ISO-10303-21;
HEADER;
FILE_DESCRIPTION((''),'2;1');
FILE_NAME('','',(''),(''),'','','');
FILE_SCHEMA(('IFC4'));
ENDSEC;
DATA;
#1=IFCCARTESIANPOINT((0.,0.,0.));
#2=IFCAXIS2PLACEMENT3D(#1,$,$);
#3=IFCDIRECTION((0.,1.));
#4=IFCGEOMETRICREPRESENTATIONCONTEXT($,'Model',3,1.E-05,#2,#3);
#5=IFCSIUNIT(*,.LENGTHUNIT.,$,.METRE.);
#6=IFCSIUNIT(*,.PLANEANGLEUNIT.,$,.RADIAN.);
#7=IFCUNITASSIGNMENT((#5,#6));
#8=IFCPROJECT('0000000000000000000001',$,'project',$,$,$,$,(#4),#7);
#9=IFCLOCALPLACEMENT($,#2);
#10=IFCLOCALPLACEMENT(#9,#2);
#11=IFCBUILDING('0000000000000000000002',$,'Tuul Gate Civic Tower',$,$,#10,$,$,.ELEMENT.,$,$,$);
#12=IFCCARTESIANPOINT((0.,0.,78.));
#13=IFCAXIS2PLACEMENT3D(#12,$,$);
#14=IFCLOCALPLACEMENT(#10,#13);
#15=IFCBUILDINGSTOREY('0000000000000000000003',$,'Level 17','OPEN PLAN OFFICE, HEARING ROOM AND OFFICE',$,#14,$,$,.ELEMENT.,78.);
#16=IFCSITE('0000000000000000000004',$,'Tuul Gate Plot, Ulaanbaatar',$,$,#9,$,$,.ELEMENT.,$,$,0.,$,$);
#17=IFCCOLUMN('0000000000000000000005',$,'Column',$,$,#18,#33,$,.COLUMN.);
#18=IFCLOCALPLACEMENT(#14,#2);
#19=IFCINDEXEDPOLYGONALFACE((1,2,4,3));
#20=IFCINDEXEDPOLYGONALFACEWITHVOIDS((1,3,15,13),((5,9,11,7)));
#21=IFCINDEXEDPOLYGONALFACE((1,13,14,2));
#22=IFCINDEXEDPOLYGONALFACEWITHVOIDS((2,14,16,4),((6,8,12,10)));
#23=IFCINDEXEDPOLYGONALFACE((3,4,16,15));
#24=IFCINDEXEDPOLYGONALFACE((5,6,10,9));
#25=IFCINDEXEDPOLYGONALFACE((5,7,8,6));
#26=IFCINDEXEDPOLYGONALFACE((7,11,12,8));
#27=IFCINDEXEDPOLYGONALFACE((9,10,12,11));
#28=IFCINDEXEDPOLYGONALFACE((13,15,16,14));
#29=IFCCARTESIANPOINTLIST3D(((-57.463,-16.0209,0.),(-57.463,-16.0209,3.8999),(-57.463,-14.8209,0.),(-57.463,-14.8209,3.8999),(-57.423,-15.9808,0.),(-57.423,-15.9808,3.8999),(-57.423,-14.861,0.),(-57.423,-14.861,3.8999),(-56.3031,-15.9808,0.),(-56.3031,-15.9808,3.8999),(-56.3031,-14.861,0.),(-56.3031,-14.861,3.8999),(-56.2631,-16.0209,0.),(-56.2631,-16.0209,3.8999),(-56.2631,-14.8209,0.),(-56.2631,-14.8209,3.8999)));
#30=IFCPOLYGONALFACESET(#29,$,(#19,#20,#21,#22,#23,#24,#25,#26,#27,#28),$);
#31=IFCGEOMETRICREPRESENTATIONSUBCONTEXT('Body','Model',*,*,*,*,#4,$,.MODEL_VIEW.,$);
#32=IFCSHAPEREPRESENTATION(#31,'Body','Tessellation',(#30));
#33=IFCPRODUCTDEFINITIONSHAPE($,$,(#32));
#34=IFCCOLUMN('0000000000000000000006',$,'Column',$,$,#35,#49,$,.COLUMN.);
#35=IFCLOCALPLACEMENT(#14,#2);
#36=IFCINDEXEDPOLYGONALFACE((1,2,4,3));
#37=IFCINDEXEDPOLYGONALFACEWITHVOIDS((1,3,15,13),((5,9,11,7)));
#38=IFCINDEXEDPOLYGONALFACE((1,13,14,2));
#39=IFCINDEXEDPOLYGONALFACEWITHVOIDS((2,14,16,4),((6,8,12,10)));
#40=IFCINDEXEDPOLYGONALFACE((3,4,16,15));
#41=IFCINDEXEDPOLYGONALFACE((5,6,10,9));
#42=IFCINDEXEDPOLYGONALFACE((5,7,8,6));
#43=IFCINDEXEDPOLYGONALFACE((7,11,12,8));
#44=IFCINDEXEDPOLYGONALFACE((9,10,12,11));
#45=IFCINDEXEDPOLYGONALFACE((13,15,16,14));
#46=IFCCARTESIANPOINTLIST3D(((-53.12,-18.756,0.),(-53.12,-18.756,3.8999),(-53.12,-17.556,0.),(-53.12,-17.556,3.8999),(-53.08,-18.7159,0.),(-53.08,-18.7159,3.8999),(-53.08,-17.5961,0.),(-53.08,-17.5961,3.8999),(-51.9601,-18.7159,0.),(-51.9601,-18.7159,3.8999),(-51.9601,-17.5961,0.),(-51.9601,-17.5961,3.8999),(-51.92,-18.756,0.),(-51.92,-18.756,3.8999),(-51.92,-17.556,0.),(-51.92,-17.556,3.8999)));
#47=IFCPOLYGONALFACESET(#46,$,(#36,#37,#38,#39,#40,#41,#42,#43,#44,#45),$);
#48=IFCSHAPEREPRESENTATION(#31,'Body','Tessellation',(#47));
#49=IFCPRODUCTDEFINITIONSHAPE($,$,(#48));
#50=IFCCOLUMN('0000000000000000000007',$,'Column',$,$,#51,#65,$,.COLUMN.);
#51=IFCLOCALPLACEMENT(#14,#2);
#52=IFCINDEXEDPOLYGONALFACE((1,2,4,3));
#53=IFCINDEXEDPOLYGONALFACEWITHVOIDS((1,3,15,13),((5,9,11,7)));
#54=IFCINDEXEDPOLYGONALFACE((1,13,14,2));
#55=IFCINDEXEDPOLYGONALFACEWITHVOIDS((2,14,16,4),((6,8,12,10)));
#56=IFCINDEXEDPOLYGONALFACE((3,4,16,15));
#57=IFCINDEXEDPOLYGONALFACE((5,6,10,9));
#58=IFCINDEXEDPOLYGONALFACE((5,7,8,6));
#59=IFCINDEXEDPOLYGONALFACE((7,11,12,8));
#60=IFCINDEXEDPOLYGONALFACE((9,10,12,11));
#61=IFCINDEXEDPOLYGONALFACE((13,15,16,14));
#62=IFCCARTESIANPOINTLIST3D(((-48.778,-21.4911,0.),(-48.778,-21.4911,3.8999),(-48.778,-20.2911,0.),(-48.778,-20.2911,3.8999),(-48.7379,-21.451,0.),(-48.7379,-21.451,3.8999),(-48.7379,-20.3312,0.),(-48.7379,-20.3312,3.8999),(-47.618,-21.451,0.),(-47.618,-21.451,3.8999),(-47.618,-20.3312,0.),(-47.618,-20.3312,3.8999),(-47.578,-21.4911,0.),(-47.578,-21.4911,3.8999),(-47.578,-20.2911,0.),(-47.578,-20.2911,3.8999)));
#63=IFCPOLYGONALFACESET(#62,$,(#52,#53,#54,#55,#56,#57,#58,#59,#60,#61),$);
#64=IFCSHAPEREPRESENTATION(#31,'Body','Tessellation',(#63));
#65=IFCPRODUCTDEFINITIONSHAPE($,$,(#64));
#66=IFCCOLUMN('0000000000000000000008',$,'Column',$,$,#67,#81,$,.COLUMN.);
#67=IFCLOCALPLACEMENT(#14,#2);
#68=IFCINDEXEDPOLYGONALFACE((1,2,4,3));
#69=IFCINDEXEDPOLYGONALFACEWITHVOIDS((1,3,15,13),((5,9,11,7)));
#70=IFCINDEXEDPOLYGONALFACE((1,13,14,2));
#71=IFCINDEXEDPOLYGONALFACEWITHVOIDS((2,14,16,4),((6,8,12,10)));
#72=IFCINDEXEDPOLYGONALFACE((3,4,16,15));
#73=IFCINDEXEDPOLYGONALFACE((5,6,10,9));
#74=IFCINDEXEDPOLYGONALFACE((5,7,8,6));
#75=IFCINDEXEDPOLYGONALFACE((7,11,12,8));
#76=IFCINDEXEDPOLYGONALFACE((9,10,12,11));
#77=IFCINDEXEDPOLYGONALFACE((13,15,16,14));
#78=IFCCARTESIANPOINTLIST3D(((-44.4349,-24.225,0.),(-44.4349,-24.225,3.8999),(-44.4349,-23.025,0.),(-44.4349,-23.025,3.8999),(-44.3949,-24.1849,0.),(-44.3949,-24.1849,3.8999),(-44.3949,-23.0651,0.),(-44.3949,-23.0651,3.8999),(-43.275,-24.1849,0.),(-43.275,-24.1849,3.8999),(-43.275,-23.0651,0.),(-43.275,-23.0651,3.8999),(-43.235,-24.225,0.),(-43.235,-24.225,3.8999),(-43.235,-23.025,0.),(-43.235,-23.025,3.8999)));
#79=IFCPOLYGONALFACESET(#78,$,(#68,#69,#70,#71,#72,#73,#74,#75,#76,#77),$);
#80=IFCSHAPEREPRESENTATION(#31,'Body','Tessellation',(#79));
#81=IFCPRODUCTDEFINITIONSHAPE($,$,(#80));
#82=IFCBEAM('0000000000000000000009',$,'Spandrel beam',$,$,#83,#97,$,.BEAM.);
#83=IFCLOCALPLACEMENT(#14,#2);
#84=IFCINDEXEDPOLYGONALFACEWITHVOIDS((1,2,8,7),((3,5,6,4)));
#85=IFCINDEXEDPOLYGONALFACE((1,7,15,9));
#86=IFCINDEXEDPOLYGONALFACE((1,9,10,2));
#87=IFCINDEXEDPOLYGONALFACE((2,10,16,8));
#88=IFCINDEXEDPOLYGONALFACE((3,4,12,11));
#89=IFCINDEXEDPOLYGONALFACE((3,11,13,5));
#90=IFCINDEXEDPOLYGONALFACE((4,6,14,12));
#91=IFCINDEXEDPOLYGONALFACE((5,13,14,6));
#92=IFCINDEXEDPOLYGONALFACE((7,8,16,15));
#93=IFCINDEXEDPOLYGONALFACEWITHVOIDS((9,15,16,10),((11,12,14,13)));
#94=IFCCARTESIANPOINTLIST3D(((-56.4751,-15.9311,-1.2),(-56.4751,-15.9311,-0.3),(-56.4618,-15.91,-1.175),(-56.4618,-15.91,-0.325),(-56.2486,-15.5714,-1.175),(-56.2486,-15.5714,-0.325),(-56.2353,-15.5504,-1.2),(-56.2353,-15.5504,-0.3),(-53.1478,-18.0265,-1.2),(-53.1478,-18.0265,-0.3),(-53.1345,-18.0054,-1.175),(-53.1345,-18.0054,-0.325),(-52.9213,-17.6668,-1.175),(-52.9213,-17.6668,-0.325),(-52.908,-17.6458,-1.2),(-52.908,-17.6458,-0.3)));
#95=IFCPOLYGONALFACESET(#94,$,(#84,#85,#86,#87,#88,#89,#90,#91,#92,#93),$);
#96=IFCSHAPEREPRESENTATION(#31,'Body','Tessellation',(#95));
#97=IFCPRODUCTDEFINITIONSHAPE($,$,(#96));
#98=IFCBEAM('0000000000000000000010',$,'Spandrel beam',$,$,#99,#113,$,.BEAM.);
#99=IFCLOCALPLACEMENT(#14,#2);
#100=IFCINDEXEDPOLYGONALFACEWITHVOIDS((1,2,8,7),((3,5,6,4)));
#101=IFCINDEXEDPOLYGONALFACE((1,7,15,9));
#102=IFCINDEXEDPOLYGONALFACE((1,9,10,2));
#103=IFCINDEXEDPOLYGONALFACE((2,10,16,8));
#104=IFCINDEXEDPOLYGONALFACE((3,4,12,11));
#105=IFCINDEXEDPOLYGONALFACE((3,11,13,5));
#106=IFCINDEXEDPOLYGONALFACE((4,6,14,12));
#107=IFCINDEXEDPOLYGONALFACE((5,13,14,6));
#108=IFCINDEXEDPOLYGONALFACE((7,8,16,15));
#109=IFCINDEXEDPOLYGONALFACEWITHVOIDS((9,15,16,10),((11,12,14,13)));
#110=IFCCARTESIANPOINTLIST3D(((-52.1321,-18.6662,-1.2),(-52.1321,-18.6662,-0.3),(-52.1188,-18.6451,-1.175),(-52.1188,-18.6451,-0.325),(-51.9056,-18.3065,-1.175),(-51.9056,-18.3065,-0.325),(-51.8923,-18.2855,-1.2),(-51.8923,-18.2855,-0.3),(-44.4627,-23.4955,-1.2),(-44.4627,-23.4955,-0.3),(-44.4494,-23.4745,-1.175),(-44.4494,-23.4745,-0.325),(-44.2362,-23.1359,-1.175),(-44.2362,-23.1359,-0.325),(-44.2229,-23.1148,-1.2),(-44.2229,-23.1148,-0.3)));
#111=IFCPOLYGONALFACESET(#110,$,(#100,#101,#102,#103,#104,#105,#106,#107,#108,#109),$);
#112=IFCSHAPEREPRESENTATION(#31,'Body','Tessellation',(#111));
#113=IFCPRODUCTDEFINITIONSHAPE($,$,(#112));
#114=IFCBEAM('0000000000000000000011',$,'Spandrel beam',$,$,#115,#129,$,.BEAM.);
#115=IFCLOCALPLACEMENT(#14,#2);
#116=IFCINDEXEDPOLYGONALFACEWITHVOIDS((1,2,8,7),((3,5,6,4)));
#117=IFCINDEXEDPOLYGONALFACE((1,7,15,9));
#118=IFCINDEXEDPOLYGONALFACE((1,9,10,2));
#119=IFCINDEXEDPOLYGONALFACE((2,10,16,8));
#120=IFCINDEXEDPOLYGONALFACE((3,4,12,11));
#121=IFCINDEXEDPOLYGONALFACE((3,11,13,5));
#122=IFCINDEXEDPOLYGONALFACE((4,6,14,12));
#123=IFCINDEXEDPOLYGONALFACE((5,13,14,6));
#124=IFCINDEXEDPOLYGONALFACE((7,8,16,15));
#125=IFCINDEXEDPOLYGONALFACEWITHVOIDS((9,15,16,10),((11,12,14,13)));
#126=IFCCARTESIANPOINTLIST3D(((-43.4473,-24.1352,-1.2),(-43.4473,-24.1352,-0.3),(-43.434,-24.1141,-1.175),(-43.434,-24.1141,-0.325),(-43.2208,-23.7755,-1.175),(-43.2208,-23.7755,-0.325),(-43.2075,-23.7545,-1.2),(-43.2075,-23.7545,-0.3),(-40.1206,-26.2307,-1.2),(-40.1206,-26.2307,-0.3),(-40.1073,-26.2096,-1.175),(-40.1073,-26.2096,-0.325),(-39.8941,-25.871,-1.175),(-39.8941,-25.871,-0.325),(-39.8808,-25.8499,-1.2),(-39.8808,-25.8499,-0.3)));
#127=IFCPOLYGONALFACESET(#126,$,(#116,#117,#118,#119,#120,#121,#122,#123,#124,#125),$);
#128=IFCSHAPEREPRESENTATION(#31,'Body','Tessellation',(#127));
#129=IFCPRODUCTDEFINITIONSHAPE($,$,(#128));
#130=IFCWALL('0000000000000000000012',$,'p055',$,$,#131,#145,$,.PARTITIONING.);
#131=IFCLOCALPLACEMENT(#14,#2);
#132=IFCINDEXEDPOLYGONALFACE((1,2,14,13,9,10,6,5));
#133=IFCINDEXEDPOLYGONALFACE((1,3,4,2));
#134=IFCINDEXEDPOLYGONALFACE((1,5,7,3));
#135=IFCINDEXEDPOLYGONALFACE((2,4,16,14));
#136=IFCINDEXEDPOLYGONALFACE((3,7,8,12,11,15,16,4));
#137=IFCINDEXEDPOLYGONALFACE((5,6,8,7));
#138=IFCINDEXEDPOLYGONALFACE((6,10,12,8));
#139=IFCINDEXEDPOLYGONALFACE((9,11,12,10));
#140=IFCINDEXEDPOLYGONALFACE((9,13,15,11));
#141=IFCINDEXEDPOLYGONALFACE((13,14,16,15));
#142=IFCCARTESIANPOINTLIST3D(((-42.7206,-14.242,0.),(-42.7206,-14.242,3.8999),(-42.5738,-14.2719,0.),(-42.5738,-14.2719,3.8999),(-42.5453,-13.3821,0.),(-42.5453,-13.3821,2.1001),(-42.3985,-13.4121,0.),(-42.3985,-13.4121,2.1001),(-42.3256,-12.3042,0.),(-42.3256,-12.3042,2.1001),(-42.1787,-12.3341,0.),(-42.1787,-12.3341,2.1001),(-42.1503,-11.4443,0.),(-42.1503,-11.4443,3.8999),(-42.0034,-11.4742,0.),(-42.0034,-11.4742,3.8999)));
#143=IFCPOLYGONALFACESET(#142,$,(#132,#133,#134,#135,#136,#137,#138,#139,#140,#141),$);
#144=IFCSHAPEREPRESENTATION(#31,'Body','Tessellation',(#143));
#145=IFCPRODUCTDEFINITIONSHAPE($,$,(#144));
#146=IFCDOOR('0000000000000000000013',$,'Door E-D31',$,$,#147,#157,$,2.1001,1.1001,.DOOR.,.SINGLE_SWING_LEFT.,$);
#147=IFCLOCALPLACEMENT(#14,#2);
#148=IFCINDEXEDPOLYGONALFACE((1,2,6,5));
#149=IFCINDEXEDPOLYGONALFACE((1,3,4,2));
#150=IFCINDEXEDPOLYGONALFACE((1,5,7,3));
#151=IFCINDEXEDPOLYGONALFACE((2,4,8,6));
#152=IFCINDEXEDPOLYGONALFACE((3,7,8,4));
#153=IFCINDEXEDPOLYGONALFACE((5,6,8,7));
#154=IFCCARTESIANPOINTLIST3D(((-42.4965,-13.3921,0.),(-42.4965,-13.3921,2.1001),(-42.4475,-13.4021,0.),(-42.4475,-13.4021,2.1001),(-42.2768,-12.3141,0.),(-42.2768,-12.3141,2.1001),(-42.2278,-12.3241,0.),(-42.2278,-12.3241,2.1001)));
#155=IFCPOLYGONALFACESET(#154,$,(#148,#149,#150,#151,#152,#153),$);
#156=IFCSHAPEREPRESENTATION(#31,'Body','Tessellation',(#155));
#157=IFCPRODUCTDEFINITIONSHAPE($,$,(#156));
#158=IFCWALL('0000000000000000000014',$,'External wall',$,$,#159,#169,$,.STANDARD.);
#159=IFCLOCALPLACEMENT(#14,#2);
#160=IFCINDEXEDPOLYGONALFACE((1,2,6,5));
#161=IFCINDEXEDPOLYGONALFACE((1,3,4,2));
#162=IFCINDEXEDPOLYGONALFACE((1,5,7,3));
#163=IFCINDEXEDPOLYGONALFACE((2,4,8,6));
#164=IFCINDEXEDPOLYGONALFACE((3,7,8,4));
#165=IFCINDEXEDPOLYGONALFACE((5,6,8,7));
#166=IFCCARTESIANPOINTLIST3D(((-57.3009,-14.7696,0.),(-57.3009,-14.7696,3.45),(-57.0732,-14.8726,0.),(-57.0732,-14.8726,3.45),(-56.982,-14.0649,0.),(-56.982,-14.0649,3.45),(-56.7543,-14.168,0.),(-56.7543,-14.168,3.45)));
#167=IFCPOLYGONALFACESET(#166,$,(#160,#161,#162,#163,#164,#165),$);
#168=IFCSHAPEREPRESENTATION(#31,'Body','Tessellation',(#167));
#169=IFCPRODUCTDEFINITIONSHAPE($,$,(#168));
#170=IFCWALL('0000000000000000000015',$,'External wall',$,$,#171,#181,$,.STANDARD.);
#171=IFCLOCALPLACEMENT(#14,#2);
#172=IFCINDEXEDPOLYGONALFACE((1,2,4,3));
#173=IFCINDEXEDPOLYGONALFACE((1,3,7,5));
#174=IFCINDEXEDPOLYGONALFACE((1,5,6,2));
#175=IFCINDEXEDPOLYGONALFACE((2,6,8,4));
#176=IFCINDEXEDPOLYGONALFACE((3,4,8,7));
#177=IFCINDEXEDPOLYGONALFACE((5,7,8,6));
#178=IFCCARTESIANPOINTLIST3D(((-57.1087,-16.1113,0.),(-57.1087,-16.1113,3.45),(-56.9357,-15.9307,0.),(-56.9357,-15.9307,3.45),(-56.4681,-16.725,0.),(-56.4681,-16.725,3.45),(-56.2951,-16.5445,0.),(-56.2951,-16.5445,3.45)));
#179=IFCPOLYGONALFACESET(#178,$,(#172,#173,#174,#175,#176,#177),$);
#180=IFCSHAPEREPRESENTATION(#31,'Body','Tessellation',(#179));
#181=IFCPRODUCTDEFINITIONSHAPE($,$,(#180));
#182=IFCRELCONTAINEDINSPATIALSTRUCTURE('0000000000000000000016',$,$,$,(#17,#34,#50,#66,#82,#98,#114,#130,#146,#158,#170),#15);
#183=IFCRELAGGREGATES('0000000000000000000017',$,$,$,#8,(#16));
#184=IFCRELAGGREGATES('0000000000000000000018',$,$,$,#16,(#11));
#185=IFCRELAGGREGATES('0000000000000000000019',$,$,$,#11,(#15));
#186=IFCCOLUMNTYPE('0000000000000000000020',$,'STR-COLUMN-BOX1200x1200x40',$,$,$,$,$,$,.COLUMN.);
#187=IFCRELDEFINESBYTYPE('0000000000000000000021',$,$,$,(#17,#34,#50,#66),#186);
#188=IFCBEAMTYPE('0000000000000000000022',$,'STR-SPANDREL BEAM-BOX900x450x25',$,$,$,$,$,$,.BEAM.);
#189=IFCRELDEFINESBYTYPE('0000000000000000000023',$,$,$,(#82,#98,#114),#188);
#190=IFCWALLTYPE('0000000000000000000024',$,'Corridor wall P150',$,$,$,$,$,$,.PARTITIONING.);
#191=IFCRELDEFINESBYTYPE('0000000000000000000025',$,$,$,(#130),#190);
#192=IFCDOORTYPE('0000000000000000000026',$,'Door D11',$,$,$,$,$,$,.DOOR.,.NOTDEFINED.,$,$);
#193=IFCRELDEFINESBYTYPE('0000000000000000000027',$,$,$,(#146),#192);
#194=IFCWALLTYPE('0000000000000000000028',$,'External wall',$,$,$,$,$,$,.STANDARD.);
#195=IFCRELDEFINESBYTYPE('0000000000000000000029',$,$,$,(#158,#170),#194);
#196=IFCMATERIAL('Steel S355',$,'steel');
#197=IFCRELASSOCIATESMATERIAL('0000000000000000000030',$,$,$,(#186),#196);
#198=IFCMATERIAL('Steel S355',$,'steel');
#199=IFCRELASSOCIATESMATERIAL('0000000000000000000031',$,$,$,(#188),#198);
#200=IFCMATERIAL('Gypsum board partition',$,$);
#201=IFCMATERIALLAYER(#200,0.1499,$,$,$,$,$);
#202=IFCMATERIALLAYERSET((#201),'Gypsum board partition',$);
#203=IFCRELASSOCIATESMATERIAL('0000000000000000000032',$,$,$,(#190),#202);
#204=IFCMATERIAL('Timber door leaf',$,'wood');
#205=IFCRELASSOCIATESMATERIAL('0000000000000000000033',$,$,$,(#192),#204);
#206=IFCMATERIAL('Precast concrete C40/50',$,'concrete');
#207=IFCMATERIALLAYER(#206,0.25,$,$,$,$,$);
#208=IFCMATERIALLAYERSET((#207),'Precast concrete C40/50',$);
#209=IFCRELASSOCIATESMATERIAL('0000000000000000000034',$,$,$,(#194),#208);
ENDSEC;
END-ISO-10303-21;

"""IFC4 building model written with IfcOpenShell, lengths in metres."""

from ifc_helpers import new_model, si_unit, direction, frame, frame_2d, origin, origin_2d, place, context, subcontext, project, spatial, rectangle, hollow_rectangle, extrude, material, layer, layer_set, material_profile, profile_set, type_object, element, fill, save


model = new_model("IFC4")

# Units and contexts
model_context = context("Model", 3, precision=1e-05, world=origin(), true_north=direction((0.0, 1.0)))
body_context = subcontext(model_context, "Body", "Model", "MODEL_VIEW")
ifc_project = project(units=[si_unit("LENGTHUNIT", "METRE"), si_unit("PLANEANGLEUNIT", "RADIAN")], contexts=[model_context])

# Site, building, storey
site_placement = place(None, origin())
site = spatial("IfcSite", under=ifc_project, at=site_placement, Name="Tuul Gate Plot, Ulaanbaatar", CompositionType="ELEMENT", RefElevation=0.0)
building_placement = place(site_placement, origin())
building = spatial("IfcBuilding", under=site, at=building_placement, Name="Tuul Gate Civic Tower", CompositionType="ELEMENT")
storey_placement = place(building_placement, frame((0.0, 0.0, 78.0)))
storey = spatial("IfcBuildingStorey", under=building, at=storey_placement, Name="Level 17", Description="OPEN PLAN OFFICE, HEARING ROOM AND OFFICE", CompositionType="ELEMENT", Elevation=78.0)

# Columns
ifc_material_1 = material(Name="Steel S355", Category="steel")
ifc_material_profile_1 = material_profile(ifc_material_1, hollow_rectangle(XDim=1.2, YDim=1.2, WallThickness=0.04, at=origin_2d()), Name="BOX1200x1200x40")
ifc_profile_set_1 = profile_set([ifc_material_profile_1], Name="Steel S355")
column_type = type_object("IfcColumnType", Name="STR-COLUMN-BOX1200x1200x40", PredefinedType="COLUMN", material=ifc_profile_set_1)
for number, where, z_axis, x_axis, name in (
    (1, (-56.863, -15.4209, 0.0), (0.0, 0.0, 1.0), (1.0, 0.0, 0.0), "Column"),
    (2, (-52.52, -18.156, 0.0), (0.0, 0.0, 1.0), (1.0, 0.0, 0.0), "Column"),
    (3, (-48.178, -20.8911, 0.0), (0.0, 0.0, 1.0), (1.0, 0.0, 0.0), "Column"),
    (4, (-43.835, -23.625, 0.0), (0.0, 0.0, 1.0), (1.0, 0.0, 0.0), "Column"),
):
    element("IfcColumn", number, at=place(storey_placement, frame(where, z_axis=z_axis, x_axis=x_axis)), inside=storey, type_object=column_type, Name=name, PredefinedType="COLUMN", context=body_context, shape_type="SweptSolid", body=[
        extrude(hollow_rectangle(XDim=1.2, YDim=1.2, WallThickness=0.04, at=origin_2d()), origin(), (0.0, 0.0, 1.0), 3.8999),
    ])

# Beams
ifc_material_2 = material(Name="Steel S355", Category="steel")
ifc_material_profile_2 = material_profile(ifc_material_2, hollow_rectangle(XDim=0.45, YDim=0.8999, WallThickness=0.0249, at=origin_2d()), Name="BOX900x450x25")
ifc_profile_set_2 = profile_set([ifc_material_profile_2], Name="Steel S355")
beam_type = type_object("IfcBeamType", Name="STR-SPANDREL BEAM-BOX900x450x25", PredefinedType="BEAM", material=ifc_profile_set_2)
beam_1_placement = place(storey_placement, frame((-56.3552, -15.7407, -0.75), z_axis=(0.846183, -0.532892, 0.0), x_axis=(0.532892, 0.846183, 0.0)))
element("IfcBeam", 5, at=beam_1_placement, inside=storey, type_object=beam_type, Name="Spandrel beam", PredefinedType="BEAM", context=body_context, shape_type="SweptSolid", body=[
    extrude(hollow_rectangle(XDim=0.45, YDim=0.8999, WallThickness=0.0249, at=origin_2d()), origin(), (0.0, 0.0, 1.0), 3.9321),
])
beam_2_placement = place(storey_placement, frame((-52.0122, -18.4758, -0.75), z_axis=(0.846211, -0.532848, 0.0), x_axis=(0.532848, 0.846211, 0.0)))
element("IfcBeam", 6, at=beam_2_placement, inside=storey, type_object=beam_type, Name="Spandrel beam", PredefinedType="BEAM", context=body_context, shape_type="SweptSolid", body=[
    extrude(hollow_rectangle(XDim=0.45, YDim=0.8999, WallThickness=0.0249, at=origin_2d()), origin(), (0.0, 0.0, 1.0), 9.0632),
])
beam_3_placement = place(storey_placement, frame((-43.3274, -23.9448, -0.75), z_axis=(0.84613, -0.532976, 0.0), x_axis=(0.532976, 0.84613, 0.0)))
element("IfcBeam", 7, at=beam_3_placement, inside=storey, type_object=beam_type, Name="Spandrel beam", PredefinedType="BEAM", context=body_context, shape_type="SweptSolid", body=[
    extrude(hollow_rectangle(XDim=0.45, YDim=0.8999, WallThickness=0.0249, at=origin_2d()), origin(), (0.0, 0.0, 1.0), 3.9316),
])

# Wall, opening, door
ifc_material_3 = material(Name="Gypsum board partition")
ifc_layer_1 = layer(ifc_material_3, 0.1499)
ifc_layer_set_1 = layer_set([ifc_layer_1], Name="Gypsum board partition")
wall_type_1 = type_object("IfcWallType", Name="Corridor wall P150", PredefinedType="PARTITIONING", material=ifc_layer_set_1)
wall_1_placement = place(storey_placement, frame((-42.6472, -14.2571, 0.0), z_axis=(0.0, 0.0, 1.0), x_axis=(0.199749, 0.979847, 0.0)))
wall_1 = element("IfcWall", 8, at=wall_1_placement, inside=storey, type_object=wall_type_1, Name="p055", PredefinedType="PARTITIONING", context=body_context, shape_type="SweptSolid", body=[
    extrude(rectangle(XDim=2.8552, YDim=0.1499, at=frame_2d((1.4277, 0.0))), origin(), (0.0, 0.0, 1.0), 3.8999),
])
opening_1_placement = place(wall_1_placement, frame((0.8777, 0.0, 0.0)))
opening_1 = element("IfcOpeningElement", 9, at=opening_1_placement, cuts=wall_1, PredefinedType="OPENING", context=body_context, shape_type="SweptSolid", body=[
    extrude(rectangle(XDim=1.1001, YDim=2.1001, at=frame_2d((0.55, 1.05))), frame((0.0, 0.085, 0.0), z_axis=(0.0, -1.0, 0.0), x_axis=(1.0, 0.0, 0.0)), (0.0, 0.0, 1.0), 0.1699),
])
ifc_material_4 = material(Name="Timber door leaf", Category="wood")
door_type = type_object("IfcDoorType", Name="Door D11", OperationType="NOTDEFINED", PredefinedType="DOOR", material=ifc_material_4)
door_placement = place(opening_1_placement, frame((1.1001, 0.0, 0.0), z_axis=(0.0, 0.0, 1.0), x_axis=(-1.0, 0.0, 0.0)))
door = element("IfcDoor", 10, at=door_placement, inside=storey, type_object=door_type, Name="Door E-D31", OperationType="SINGLE_SWING_LEFT", OverallHeight=2.1001, OverallWidth=1.1001, PredefinedType="DOOR", context=body_context, shape_type="SweptSolid", body=[
    extrude(rectangle(XDim=1.1001, YDim=2.1001, at=frame_2d((0.55, 1.05))), frame((0.0, 0.0249, 0.0), z_axis=(0.0, -1.0, 0.0), x_axis=(1.0, 0.0, 0.0)), (0.0, 0.0, 1.0), 0.05),
])
fill(opening_1, door)

# Walls
ifc_material_5 = material(Name="Precast concrete C40/50", Category="concrete")
ifc_layer_2 = layer(ifc_material_5, 0.25)
ifc_layer_set_2 = layer_set([ifc_layer_2], Name="Precast concrete C40/50")
wall_type_2 = type_object("IfcWallType", Name="External wall", PredefinedType="STANDARD", material=ifc_layer_set_2)
wall_2_placement = place(storey_placement, frame((-56.8682, -14.1165, 0.0), z_axis=(0.0, 0.0, 1.0), x_axis=(-0.41228, -0.911057, 0.0)))
element("IfcWall", 11, at=wall_2_placement, inside=storey, type_object=wall_type_2, Name="External wall", PredefinedType="STANDARD", context=body_context, shape_type="SweptSolid", body=[
    extrude(rectangle(XDim=0.7734, YDim=0.25, at=frame_2d((0.3867, 0.0))), origin(), (0.0, 0.0, 1.0), 3.45),
])
wall_3_placement = place(storey_placement, frame((-57.0222, -16.021, 0.0), z_axis=(0.0, 0.0, 1.0), x_axis=(0.72208, -0.69181, 0.0)))
element("IfcWall", 12, at=wall_3_placement, inside=storey, type_object=wall_type_2, Name="External wall", PredefinedType="STANDARD", context=body_context, shape_type="SweptSolid", body=[
    extrude(rectangle(XDim=0.8872, YDim=0.25, at=frame_2d((0.4436, 0.0))), origin(), (0.0, 0.0, 1.0), 3.45),
])

save(model, "model.ifc")
